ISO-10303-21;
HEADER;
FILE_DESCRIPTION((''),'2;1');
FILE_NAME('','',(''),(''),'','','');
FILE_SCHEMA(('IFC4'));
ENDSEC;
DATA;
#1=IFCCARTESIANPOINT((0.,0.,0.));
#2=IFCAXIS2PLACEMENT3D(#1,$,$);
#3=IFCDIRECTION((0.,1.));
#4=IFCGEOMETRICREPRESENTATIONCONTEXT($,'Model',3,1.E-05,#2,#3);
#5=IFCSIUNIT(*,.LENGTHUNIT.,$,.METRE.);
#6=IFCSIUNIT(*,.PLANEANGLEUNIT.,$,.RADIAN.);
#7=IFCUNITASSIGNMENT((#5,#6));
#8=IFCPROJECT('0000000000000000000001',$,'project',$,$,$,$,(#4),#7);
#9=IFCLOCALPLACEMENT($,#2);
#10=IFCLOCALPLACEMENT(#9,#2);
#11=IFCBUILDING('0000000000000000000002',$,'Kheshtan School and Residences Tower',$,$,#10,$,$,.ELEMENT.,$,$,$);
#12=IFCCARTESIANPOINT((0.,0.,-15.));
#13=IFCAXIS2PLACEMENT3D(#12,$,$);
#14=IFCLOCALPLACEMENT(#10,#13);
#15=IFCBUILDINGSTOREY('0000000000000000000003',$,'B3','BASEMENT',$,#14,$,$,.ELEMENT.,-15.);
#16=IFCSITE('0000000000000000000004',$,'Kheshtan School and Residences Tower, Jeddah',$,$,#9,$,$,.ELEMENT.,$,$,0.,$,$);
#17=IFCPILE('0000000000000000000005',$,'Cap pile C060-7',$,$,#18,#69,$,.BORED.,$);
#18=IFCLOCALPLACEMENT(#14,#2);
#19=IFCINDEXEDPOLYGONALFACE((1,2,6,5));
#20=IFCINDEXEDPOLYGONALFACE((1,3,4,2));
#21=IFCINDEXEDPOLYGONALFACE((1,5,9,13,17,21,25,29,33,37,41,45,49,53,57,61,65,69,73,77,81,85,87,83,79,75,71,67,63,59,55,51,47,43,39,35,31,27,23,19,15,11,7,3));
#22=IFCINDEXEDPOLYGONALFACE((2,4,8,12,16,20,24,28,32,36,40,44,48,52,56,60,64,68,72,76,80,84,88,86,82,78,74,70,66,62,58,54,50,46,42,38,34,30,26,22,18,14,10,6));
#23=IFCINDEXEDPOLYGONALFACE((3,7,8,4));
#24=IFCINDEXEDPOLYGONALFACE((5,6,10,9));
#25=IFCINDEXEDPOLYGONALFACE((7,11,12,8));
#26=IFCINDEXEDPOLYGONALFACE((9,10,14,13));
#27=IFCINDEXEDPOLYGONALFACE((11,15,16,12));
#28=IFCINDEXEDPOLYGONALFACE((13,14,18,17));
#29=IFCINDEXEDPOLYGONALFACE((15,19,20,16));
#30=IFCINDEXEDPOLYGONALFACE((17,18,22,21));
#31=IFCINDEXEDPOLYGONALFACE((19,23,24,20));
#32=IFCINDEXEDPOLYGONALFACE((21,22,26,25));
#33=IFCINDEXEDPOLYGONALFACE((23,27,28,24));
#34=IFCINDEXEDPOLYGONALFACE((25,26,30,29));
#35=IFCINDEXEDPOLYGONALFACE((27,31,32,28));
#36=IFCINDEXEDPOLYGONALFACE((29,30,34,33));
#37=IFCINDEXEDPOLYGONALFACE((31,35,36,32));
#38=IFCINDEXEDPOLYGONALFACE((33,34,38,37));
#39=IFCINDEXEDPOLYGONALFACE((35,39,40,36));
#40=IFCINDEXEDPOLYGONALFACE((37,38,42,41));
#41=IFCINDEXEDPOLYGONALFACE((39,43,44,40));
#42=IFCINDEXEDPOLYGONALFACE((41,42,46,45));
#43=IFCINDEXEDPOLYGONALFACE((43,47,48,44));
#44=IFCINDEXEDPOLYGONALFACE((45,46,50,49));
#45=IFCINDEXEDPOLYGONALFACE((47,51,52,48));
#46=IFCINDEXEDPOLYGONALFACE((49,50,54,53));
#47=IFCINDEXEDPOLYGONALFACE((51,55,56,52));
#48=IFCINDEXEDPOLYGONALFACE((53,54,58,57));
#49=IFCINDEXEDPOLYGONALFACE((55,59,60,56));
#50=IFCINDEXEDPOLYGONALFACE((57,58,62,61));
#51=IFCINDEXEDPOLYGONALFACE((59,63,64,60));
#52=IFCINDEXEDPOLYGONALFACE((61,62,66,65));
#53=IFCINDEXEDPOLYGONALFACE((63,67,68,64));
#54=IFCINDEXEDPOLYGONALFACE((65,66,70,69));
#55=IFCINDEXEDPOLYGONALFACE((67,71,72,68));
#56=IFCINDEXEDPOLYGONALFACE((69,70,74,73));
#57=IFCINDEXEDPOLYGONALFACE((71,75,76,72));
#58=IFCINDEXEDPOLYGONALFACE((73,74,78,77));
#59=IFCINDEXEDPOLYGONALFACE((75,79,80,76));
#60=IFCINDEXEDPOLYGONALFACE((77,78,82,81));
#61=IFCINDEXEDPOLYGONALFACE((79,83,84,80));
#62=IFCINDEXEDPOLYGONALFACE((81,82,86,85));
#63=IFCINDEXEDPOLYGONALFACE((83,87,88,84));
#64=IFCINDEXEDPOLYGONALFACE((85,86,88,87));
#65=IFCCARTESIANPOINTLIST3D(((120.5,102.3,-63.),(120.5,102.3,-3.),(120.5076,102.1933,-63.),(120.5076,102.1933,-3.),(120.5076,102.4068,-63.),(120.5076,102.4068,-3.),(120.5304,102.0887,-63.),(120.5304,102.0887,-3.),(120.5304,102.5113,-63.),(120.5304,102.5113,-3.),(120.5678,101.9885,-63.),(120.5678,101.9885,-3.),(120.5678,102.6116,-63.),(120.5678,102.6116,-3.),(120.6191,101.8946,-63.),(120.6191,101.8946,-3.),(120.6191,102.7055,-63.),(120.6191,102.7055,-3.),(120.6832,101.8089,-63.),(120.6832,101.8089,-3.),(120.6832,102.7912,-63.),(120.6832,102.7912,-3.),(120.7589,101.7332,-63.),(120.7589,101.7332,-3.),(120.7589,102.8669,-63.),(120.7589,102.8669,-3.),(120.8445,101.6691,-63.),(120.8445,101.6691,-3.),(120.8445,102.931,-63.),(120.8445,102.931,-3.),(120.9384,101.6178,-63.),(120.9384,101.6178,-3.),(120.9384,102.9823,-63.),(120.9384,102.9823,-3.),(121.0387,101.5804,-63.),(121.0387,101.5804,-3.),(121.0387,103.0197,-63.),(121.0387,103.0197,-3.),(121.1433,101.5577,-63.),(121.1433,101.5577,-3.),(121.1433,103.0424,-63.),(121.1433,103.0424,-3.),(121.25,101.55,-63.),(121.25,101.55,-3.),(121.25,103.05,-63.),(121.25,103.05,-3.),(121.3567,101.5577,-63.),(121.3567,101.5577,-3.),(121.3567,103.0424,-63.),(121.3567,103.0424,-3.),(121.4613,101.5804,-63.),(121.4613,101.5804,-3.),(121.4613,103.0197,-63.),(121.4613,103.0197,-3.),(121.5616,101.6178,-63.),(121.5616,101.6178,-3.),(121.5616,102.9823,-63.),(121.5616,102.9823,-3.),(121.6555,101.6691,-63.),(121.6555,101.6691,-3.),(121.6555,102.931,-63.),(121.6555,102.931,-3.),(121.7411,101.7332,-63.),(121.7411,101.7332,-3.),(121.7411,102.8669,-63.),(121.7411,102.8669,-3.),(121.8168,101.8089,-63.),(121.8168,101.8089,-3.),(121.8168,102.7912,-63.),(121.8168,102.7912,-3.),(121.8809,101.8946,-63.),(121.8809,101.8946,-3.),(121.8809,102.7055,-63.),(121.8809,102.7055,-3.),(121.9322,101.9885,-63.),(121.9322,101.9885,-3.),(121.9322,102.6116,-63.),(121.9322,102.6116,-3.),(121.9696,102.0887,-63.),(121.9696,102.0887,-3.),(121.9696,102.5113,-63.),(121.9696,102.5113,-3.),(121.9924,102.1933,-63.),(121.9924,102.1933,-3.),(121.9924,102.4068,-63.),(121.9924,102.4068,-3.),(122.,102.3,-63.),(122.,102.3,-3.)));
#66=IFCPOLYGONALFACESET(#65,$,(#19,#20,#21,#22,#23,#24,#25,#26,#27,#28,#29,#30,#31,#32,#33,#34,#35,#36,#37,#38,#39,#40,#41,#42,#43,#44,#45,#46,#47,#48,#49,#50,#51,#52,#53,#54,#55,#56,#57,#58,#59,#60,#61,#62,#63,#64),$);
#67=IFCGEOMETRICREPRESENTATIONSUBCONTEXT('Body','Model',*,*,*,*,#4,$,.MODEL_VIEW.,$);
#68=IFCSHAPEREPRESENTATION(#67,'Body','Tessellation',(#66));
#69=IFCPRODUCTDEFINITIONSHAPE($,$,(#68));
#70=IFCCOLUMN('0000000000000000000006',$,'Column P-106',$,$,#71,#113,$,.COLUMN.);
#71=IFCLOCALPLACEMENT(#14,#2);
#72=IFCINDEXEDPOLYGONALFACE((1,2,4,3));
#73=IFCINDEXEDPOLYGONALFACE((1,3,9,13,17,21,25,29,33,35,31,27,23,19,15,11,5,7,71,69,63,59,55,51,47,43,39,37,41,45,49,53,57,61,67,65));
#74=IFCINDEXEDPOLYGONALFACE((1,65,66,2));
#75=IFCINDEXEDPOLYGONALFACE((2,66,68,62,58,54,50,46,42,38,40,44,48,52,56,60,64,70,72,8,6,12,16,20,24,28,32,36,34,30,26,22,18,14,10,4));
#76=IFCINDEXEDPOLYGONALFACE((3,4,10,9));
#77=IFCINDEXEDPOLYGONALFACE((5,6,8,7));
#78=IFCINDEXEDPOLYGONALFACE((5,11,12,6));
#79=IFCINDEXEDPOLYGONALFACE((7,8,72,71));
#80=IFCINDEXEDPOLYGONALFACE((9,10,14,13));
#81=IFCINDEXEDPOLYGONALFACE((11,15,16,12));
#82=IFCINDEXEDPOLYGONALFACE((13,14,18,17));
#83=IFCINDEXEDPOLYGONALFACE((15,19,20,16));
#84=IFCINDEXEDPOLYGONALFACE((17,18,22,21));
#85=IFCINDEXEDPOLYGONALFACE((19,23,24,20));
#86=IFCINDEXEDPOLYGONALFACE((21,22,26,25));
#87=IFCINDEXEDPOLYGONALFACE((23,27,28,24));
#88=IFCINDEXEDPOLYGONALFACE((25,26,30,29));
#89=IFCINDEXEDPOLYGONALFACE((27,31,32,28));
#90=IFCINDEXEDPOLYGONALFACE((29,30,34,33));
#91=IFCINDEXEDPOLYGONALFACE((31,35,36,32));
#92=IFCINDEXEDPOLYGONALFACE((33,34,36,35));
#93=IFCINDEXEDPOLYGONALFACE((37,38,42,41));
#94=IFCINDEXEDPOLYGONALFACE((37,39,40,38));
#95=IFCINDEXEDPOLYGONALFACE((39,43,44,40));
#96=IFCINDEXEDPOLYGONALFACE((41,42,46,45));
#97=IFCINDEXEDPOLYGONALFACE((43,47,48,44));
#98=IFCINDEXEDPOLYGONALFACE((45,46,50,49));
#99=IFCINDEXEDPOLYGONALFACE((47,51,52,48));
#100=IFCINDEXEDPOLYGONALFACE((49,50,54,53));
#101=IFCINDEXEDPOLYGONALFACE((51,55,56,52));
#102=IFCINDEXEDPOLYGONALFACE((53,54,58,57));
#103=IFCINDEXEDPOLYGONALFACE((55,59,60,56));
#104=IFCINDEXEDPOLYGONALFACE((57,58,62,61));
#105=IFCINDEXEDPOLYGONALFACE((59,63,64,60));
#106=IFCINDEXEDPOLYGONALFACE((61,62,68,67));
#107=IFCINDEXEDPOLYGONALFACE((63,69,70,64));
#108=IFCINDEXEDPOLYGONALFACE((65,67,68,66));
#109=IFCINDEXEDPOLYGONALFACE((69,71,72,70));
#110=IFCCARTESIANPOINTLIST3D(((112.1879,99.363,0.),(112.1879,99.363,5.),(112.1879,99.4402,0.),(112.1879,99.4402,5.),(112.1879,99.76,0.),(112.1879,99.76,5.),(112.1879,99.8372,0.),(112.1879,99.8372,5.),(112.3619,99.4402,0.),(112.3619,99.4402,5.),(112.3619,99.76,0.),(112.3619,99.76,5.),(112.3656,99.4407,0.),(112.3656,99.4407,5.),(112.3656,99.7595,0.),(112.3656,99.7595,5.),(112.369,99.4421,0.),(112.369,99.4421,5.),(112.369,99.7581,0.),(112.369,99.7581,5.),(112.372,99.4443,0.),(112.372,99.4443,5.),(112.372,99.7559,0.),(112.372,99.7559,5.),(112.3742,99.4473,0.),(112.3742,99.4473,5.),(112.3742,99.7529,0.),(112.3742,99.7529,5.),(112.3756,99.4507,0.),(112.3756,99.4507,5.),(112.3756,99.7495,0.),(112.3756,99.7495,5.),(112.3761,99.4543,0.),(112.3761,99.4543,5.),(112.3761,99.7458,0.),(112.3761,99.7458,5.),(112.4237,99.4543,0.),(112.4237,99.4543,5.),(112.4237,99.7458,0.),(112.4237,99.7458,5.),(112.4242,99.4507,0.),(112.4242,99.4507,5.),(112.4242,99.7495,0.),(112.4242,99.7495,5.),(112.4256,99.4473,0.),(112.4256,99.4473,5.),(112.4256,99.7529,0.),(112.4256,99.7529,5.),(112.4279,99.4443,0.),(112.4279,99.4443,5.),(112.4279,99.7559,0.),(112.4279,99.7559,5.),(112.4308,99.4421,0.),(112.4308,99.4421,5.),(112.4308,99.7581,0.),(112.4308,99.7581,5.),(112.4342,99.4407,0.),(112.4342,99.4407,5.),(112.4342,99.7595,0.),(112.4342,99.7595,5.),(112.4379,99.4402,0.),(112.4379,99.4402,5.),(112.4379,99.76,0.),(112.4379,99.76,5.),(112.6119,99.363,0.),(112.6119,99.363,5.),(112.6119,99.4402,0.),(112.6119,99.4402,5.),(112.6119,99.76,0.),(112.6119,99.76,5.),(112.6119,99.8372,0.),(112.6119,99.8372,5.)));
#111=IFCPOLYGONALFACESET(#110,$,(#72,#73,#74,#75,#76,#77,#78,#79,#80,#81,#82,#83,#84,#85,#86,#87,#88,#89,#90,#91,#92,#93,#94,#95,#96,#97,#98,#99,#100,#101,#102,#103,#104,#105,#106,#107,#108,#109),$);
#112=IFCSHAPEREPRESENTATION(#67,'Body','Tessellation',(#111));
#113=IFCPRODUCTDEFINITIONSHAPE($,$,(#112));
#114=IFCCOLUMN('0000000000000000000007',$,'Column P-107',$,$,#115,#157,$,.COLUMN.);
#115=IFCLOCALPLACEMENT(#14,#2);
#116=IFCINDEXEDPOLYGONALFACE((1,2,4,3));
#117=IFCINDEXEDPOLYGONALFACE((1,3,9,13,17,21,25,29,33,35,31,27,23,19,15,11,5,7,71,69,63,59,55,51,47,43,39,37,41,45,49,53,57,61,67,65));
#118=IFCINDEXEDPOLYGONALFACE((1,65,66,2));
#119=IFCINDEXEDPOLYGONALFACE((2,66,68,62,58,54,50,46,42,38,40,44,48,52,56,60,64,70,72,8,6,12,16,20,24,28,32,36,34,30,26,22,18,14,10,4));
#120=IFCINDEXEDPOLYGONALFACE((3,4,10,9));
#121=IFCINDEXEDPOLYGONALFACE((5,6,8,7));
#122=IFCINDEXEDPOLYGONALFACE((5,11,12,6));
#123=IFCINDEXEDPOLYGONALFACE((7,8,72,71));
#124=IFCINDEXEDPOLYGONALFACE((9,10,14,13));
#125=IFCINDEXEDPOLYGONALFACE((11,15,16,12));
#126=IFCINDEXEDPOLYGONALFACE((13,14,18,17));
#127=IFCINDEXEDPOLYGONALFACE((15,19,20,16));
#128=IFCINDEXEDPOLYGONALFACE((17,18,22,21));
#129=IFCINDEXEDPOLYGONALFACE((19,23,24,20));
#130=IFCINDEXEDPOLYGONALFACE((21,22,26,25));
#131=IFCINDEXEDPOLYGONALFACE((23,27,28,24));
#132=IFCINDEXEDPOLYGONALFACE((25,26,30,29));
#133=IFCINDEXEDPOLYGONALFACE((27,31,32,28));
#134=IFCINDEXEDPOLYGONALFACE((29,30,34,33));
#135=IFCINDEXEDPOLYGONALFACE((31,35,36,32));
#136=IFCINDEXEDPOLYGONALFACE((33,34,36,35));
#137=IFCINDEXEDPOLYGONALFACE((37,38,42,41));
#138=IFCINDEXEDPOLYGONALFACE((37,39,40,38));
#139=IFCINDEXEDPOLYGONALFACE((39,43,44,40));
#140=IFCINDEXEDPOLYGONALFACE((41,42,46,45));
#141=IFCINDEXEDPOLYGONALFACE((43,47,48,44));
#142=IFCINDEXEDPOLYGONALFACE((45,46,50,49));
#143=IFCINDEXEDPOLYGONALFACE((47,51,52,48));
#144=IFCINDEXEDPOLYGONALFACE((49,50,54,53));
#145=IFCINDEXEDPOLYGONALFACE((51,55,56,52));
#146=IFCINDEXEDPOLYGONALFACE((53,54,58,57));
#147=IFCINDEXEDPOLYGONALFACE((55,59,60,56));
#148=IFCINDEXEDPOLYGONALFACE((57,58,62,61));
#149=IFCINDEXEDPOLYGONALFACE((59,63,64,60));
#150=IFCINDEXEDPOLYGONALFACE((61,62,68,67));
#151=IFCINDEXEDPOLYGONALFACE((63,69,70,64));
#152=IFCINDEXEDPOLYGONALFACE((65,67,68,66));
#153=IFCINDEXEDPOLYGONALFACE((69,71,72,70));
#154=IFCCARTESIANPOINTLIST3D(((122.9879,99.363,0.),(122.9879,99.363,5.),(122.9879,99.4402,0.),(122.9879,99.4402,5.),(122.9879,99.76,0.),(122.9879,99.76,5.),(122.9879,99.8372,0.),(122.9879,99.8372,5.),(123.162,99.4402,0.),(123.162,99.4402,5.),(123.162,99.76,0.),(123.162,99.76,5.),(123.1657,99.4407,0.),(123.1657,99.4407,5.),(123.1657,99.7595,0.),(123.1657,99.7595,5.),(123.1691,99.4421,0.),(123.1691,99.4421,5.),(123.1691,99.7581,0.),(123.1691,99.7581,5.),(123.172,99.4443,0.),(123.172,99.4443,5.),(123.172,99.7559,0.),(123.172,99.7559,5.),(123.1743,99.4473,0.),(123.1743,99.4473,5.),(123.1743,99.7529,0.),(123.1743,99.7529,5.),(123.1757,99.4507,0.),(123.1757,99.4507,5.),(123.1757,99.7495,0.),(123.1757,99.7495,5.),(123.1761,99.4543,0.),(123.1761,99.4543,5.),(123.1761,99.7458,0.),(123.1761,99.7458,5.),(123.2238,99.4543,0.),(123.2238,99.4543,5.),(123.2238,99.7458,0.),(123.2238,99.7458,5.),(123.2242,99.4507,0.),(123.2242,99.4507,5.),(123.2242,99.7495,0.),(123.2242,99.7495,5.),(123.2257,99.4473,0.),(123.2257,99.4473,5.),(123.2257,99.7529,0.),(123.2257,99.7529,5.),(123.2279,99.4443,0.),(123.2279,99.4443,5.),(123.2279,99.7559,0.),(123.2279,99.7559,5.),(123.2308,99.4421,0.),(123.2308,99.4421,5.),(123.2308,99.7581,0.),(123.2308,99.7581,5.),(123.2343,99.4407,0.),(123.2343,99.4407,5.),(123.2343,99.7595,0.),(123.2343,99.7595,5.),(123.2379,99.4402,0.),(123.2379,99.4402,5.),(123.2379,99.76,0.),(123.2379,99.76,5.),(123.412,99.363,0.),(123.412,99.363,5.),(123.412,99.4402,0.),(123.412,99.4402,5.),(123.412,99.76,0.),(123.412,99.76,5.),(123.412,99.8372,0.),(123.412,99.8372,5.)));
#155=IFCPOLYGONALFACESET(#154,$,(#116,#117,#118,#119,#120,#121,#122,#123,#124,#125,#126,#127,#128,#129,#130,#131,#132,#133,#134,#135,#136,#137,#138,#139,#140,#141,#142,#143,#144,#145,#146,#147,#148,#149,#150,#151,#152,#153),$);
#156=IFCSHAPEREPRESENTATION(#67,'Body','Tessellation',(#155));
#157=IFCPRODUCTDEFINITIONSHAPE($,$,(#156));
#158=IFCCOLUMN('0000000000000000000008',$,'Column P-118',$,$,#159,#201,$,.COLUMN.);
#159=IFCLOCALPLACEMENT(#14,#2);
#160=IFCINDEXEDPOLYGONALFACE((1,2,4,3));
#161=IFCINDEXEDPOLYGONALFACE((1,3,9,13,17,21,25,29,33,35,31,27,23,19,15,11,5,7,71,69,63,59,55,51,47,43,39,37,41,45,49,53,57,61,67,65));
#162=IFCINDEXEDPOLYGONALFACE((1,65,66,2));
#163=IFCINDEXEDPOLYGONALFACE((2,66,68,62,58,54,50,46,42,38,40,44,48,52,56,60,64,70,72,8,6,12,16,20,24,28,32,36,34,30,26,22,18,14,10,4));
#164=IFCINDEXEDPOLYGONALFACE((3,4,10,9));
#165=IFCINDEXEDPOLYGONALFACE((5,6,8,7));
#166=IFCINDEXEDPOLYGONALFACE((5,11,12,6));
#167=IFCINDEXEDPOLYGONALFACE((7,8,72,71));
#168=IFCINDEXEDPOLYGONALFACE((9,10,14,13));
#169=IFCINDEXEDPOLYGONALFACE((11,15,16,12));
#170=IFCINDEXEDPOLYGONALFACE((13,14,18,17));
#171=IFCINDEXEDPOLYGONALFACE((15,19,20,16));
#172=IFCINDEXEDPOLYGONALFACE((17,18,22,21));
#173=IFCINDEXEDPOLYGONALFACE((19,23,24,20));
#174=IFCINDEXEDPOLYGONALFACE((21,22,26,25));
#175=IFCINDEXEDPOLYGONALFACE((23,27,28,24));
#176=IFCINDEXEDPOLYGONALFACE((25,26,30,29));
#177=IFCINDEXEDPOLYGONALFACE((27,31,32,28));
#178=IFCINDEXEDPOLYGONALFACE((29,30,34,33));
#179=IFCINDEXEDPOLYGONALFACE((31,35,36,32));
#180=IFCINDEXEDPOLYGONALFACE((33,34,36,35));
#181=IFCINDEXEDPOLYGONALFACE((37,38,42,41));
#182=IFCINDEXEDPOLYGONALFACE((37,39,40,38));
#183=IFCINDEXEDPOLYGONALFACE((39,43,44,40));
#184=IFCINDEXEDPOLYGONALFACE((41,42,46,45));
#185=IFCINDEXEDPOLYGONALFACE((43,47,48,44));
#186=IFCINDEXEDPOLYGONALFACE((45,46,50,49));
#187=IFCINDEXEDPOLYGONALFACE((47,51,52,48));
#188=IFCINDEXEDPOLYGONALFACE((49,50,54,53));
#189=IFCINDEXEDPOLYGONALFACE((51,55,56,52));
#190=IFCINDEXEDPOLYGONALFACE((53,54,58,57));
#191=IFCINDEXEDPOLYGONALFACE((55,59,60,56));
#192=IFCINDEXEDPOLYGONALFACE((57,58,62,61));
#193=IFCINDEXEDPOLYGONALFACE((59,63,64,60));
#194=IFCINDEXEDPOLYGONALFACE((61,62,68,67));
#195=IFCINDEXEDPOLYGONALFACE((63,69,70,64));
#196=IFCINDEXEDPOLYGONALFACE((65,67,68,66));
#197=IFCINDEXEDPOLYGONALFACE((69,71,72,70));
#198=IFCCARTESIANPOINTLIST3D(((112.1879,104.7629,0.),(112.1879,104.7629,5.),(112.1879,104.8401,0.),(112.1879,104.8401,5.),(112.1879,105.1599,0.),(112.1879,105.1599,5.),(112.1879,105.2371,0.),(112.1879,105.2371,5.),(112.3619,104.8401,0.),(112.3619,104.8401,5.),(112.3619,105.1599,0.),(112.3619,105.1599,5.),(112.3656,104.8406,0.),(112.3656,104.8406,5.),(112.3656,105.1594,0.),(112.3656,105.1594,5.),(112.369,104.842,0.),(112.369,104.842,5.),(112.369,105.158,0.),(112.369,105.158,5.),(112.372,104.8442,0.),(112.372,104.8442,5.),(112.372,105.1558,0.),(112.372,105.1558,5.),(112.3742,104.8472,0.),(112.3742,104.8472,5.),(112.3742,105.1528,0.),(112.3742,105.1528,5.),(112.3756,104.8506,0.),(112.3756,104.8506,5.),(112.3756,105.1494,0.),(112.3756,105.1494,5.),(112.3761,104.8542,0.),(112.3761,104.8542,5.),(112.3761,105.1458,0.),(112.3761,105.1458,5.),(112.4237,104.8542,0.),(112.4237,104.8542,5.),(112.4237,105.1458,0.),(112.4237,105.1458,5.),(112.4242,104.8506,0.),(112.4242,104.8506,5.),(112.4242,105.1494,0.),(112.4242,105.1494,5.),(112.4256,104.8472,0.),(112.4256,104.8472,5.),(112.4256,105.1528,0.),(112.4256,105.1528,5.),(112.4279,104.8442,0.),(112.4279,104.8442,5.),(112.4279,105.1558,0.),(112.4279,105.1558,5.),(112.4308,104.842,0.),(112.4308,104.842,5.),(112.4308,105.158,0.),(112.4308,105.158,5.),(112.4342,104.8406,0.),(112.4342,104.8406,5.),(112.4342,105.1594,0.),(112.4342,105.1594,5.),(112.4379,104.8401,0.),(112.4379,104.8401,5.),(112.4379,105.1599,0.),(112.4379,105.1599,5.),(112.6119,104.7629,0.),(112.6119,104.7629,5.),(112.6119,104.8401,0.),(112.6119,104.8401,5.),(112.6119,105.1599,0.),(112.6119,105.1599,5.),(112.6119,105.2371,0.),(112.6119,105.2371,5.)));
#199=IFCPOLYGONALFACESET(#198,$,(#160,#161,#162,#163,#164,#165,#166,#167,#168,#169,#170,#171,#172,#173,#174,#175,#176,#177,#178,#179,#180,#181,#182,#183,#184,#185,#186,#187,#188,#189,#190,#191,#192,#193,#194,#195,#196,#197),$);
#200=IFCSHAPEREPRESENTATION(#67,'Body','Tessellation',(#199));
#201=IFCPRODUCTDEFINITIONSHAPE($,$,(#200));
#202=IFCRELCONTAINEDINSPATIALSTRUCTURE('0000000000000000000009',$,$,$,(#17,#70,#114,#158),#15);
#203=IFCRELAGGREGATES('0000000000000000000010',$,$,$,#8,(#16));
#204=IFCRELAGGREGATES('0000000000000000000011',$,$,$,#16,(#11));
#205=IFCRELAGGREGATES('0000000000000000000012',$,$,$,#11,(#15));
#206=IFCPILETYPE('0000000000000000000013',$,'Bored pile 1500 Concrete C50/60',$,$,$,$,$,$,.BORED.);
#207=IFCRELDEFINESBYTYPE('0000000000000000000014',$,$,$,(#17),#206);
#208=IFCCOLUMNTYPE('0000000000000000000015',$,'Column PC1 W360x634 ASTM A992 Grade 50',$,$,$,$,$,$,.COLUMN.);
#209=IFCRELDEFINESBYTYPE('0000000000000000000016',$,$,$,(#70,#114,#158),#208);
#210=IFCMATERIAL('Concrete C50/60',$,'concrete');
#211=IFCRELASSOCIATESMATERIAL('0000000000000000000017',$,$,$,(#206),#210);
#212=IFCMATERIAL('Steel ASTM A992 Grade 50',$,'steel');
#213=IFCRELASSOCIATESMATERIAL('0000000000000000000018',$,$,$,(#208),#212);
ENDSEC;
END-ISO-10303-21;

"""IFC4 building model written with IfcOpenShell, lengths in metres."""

from ifc_helpers import new_model, si_unit, direction, frame, origin, origin_2d, place, context, subcontext, project, spatial, circle, i_section, extrude, material, material_profile, profile_set, type_object, element, save


model = new_model("IFC4")

# Units and contexts
model_context = context("Model", 3, precision=1e-05, world=origin(), true_north=direction((0.0, 1.0)))
body_context = subcontext(model_context, "Body", "Model", "MODEL_VIEW")
ifc_project = project(units=[si_unit("LENGTHUNIT", "METRE"), si_unit("PLANEANGLEUNIT", "RADIAN")], contexts=[model_context])

# Site, building, storey
site_placement = place(None, origin())
site = spatial("IfcSite", under=ifc_project, at=site_placement, Name="Kheshtan School and Residences Tower, Jeddah", CompositionType="ELEMENT", RefElevation=0.0)
building_placement = place(site_placement, origin())
building = spatial("IfcBuilding", under=site, at=building_placement, Name="Kheshtan School and Residences Tower", CompositionType="ELEMENT")
storey_placement = place(building_placement, frame((0.0, 0.0, -15.0)))
storey = spatial("IfcBuildingStorey", under=building, at=storey_placement, Name="B3", Description="BASEMENT", CompositionType="ELEMENT", Elevation=-15.0)

# Pile
ifc_material_1 = material(Name="Concrete C50/60", Category="concrete")
ifc_material_profile_1 = material_profile(ifc_material_1, circle(Radius=0.75, at=origin_2d()), Name="BP 1500")
ifc_profile_set_1 = profile_set([ifc_material_profile_1], Name="Concrete C50/60")
pile_type = type_object("IfcPileType", Name="Bored pile 1500 Concrete C50/60", PredefinedType="BORED", material=ifc_profile_set_1)
for number, where, z_axis, x_axis, name in (
    (1, (121.25, 102.3, -3.0), (0.0, 0.0, -1.0), (1.0, 0.0, 0.0), "Cap pile C060-7"),
):
    element("IfcPile", number, at=place(storey_placement, frame(where, z_axis=z_axis, x_axis=x_axis)), inside=storey, type_object=pile_type, Name=name, PredefinedType="BORED", context=body_context, shape_type="SweptSolid", body=[
        extrude(circle(Radius=0.75, at=origin_2d()), origin(), (0.0, 0.0, 1.0), 60.0),
    ])

# Columns
ifc_material_2 = material(Name="Steel ASTM A992 Grade 50", Category="steel")
ifc_material_profile_2 = material_profile(ifc_material_2, i_section(OverallWidth=0.4241, OverallDepth=0.4741, WebThickness=0.0476, FlangeThickness=0.0771, FilletRadius=0.0142, at=origin_2d()), Name="W360x634")
ifc_profile_set_2 = profile_set([ifc_material_profile_2], Name="Steel ASTM A992 Grade 50")
column_type = type_object("IfcColumnType", Name="Column PC1 W360x634 ASTM A992 Grade 50", PredefinedType="COLUMN", material=ifc_profile_set_2)
for number, where, z_axis, x_axis, name in (
    (2, (112.3999, 99.6001, 0.0), (0.0, 0.0, 1.0), (1.0, 0.0, 0.0), "Column P-106"),
    (3, (123.2, 99.6001, 0.0), (0.0, 0.0, 1.0), (1.0, 0.0, 0.0), "Column P-107"),
    (4, (112.3999, 105.0, 0.0), (0.0, 0.0, 1.0), (1.0, 0.0, 0.0), "Column P-118"),
):
    element("IfcColumn", number, at=place(storey_placement, frame(where, z_axis=z_axis, x_axis=x_axis)), inside=storey, type_object=column_type, Name=name, PredefinedType="COLUMN", context=body_context, shape_type="SweptSolid", body=[
        extrude(i_section(OverallWidth=0.4241, OverallDepth=0.4741, WebThickness=0.0476, FlangeThickness=0.0771, FilletRadius=0.0142, at=origin_2d()), origin(), (0.0, 0.0, 1.0), 5.0),
    ])

save(model, "model.ifc")
